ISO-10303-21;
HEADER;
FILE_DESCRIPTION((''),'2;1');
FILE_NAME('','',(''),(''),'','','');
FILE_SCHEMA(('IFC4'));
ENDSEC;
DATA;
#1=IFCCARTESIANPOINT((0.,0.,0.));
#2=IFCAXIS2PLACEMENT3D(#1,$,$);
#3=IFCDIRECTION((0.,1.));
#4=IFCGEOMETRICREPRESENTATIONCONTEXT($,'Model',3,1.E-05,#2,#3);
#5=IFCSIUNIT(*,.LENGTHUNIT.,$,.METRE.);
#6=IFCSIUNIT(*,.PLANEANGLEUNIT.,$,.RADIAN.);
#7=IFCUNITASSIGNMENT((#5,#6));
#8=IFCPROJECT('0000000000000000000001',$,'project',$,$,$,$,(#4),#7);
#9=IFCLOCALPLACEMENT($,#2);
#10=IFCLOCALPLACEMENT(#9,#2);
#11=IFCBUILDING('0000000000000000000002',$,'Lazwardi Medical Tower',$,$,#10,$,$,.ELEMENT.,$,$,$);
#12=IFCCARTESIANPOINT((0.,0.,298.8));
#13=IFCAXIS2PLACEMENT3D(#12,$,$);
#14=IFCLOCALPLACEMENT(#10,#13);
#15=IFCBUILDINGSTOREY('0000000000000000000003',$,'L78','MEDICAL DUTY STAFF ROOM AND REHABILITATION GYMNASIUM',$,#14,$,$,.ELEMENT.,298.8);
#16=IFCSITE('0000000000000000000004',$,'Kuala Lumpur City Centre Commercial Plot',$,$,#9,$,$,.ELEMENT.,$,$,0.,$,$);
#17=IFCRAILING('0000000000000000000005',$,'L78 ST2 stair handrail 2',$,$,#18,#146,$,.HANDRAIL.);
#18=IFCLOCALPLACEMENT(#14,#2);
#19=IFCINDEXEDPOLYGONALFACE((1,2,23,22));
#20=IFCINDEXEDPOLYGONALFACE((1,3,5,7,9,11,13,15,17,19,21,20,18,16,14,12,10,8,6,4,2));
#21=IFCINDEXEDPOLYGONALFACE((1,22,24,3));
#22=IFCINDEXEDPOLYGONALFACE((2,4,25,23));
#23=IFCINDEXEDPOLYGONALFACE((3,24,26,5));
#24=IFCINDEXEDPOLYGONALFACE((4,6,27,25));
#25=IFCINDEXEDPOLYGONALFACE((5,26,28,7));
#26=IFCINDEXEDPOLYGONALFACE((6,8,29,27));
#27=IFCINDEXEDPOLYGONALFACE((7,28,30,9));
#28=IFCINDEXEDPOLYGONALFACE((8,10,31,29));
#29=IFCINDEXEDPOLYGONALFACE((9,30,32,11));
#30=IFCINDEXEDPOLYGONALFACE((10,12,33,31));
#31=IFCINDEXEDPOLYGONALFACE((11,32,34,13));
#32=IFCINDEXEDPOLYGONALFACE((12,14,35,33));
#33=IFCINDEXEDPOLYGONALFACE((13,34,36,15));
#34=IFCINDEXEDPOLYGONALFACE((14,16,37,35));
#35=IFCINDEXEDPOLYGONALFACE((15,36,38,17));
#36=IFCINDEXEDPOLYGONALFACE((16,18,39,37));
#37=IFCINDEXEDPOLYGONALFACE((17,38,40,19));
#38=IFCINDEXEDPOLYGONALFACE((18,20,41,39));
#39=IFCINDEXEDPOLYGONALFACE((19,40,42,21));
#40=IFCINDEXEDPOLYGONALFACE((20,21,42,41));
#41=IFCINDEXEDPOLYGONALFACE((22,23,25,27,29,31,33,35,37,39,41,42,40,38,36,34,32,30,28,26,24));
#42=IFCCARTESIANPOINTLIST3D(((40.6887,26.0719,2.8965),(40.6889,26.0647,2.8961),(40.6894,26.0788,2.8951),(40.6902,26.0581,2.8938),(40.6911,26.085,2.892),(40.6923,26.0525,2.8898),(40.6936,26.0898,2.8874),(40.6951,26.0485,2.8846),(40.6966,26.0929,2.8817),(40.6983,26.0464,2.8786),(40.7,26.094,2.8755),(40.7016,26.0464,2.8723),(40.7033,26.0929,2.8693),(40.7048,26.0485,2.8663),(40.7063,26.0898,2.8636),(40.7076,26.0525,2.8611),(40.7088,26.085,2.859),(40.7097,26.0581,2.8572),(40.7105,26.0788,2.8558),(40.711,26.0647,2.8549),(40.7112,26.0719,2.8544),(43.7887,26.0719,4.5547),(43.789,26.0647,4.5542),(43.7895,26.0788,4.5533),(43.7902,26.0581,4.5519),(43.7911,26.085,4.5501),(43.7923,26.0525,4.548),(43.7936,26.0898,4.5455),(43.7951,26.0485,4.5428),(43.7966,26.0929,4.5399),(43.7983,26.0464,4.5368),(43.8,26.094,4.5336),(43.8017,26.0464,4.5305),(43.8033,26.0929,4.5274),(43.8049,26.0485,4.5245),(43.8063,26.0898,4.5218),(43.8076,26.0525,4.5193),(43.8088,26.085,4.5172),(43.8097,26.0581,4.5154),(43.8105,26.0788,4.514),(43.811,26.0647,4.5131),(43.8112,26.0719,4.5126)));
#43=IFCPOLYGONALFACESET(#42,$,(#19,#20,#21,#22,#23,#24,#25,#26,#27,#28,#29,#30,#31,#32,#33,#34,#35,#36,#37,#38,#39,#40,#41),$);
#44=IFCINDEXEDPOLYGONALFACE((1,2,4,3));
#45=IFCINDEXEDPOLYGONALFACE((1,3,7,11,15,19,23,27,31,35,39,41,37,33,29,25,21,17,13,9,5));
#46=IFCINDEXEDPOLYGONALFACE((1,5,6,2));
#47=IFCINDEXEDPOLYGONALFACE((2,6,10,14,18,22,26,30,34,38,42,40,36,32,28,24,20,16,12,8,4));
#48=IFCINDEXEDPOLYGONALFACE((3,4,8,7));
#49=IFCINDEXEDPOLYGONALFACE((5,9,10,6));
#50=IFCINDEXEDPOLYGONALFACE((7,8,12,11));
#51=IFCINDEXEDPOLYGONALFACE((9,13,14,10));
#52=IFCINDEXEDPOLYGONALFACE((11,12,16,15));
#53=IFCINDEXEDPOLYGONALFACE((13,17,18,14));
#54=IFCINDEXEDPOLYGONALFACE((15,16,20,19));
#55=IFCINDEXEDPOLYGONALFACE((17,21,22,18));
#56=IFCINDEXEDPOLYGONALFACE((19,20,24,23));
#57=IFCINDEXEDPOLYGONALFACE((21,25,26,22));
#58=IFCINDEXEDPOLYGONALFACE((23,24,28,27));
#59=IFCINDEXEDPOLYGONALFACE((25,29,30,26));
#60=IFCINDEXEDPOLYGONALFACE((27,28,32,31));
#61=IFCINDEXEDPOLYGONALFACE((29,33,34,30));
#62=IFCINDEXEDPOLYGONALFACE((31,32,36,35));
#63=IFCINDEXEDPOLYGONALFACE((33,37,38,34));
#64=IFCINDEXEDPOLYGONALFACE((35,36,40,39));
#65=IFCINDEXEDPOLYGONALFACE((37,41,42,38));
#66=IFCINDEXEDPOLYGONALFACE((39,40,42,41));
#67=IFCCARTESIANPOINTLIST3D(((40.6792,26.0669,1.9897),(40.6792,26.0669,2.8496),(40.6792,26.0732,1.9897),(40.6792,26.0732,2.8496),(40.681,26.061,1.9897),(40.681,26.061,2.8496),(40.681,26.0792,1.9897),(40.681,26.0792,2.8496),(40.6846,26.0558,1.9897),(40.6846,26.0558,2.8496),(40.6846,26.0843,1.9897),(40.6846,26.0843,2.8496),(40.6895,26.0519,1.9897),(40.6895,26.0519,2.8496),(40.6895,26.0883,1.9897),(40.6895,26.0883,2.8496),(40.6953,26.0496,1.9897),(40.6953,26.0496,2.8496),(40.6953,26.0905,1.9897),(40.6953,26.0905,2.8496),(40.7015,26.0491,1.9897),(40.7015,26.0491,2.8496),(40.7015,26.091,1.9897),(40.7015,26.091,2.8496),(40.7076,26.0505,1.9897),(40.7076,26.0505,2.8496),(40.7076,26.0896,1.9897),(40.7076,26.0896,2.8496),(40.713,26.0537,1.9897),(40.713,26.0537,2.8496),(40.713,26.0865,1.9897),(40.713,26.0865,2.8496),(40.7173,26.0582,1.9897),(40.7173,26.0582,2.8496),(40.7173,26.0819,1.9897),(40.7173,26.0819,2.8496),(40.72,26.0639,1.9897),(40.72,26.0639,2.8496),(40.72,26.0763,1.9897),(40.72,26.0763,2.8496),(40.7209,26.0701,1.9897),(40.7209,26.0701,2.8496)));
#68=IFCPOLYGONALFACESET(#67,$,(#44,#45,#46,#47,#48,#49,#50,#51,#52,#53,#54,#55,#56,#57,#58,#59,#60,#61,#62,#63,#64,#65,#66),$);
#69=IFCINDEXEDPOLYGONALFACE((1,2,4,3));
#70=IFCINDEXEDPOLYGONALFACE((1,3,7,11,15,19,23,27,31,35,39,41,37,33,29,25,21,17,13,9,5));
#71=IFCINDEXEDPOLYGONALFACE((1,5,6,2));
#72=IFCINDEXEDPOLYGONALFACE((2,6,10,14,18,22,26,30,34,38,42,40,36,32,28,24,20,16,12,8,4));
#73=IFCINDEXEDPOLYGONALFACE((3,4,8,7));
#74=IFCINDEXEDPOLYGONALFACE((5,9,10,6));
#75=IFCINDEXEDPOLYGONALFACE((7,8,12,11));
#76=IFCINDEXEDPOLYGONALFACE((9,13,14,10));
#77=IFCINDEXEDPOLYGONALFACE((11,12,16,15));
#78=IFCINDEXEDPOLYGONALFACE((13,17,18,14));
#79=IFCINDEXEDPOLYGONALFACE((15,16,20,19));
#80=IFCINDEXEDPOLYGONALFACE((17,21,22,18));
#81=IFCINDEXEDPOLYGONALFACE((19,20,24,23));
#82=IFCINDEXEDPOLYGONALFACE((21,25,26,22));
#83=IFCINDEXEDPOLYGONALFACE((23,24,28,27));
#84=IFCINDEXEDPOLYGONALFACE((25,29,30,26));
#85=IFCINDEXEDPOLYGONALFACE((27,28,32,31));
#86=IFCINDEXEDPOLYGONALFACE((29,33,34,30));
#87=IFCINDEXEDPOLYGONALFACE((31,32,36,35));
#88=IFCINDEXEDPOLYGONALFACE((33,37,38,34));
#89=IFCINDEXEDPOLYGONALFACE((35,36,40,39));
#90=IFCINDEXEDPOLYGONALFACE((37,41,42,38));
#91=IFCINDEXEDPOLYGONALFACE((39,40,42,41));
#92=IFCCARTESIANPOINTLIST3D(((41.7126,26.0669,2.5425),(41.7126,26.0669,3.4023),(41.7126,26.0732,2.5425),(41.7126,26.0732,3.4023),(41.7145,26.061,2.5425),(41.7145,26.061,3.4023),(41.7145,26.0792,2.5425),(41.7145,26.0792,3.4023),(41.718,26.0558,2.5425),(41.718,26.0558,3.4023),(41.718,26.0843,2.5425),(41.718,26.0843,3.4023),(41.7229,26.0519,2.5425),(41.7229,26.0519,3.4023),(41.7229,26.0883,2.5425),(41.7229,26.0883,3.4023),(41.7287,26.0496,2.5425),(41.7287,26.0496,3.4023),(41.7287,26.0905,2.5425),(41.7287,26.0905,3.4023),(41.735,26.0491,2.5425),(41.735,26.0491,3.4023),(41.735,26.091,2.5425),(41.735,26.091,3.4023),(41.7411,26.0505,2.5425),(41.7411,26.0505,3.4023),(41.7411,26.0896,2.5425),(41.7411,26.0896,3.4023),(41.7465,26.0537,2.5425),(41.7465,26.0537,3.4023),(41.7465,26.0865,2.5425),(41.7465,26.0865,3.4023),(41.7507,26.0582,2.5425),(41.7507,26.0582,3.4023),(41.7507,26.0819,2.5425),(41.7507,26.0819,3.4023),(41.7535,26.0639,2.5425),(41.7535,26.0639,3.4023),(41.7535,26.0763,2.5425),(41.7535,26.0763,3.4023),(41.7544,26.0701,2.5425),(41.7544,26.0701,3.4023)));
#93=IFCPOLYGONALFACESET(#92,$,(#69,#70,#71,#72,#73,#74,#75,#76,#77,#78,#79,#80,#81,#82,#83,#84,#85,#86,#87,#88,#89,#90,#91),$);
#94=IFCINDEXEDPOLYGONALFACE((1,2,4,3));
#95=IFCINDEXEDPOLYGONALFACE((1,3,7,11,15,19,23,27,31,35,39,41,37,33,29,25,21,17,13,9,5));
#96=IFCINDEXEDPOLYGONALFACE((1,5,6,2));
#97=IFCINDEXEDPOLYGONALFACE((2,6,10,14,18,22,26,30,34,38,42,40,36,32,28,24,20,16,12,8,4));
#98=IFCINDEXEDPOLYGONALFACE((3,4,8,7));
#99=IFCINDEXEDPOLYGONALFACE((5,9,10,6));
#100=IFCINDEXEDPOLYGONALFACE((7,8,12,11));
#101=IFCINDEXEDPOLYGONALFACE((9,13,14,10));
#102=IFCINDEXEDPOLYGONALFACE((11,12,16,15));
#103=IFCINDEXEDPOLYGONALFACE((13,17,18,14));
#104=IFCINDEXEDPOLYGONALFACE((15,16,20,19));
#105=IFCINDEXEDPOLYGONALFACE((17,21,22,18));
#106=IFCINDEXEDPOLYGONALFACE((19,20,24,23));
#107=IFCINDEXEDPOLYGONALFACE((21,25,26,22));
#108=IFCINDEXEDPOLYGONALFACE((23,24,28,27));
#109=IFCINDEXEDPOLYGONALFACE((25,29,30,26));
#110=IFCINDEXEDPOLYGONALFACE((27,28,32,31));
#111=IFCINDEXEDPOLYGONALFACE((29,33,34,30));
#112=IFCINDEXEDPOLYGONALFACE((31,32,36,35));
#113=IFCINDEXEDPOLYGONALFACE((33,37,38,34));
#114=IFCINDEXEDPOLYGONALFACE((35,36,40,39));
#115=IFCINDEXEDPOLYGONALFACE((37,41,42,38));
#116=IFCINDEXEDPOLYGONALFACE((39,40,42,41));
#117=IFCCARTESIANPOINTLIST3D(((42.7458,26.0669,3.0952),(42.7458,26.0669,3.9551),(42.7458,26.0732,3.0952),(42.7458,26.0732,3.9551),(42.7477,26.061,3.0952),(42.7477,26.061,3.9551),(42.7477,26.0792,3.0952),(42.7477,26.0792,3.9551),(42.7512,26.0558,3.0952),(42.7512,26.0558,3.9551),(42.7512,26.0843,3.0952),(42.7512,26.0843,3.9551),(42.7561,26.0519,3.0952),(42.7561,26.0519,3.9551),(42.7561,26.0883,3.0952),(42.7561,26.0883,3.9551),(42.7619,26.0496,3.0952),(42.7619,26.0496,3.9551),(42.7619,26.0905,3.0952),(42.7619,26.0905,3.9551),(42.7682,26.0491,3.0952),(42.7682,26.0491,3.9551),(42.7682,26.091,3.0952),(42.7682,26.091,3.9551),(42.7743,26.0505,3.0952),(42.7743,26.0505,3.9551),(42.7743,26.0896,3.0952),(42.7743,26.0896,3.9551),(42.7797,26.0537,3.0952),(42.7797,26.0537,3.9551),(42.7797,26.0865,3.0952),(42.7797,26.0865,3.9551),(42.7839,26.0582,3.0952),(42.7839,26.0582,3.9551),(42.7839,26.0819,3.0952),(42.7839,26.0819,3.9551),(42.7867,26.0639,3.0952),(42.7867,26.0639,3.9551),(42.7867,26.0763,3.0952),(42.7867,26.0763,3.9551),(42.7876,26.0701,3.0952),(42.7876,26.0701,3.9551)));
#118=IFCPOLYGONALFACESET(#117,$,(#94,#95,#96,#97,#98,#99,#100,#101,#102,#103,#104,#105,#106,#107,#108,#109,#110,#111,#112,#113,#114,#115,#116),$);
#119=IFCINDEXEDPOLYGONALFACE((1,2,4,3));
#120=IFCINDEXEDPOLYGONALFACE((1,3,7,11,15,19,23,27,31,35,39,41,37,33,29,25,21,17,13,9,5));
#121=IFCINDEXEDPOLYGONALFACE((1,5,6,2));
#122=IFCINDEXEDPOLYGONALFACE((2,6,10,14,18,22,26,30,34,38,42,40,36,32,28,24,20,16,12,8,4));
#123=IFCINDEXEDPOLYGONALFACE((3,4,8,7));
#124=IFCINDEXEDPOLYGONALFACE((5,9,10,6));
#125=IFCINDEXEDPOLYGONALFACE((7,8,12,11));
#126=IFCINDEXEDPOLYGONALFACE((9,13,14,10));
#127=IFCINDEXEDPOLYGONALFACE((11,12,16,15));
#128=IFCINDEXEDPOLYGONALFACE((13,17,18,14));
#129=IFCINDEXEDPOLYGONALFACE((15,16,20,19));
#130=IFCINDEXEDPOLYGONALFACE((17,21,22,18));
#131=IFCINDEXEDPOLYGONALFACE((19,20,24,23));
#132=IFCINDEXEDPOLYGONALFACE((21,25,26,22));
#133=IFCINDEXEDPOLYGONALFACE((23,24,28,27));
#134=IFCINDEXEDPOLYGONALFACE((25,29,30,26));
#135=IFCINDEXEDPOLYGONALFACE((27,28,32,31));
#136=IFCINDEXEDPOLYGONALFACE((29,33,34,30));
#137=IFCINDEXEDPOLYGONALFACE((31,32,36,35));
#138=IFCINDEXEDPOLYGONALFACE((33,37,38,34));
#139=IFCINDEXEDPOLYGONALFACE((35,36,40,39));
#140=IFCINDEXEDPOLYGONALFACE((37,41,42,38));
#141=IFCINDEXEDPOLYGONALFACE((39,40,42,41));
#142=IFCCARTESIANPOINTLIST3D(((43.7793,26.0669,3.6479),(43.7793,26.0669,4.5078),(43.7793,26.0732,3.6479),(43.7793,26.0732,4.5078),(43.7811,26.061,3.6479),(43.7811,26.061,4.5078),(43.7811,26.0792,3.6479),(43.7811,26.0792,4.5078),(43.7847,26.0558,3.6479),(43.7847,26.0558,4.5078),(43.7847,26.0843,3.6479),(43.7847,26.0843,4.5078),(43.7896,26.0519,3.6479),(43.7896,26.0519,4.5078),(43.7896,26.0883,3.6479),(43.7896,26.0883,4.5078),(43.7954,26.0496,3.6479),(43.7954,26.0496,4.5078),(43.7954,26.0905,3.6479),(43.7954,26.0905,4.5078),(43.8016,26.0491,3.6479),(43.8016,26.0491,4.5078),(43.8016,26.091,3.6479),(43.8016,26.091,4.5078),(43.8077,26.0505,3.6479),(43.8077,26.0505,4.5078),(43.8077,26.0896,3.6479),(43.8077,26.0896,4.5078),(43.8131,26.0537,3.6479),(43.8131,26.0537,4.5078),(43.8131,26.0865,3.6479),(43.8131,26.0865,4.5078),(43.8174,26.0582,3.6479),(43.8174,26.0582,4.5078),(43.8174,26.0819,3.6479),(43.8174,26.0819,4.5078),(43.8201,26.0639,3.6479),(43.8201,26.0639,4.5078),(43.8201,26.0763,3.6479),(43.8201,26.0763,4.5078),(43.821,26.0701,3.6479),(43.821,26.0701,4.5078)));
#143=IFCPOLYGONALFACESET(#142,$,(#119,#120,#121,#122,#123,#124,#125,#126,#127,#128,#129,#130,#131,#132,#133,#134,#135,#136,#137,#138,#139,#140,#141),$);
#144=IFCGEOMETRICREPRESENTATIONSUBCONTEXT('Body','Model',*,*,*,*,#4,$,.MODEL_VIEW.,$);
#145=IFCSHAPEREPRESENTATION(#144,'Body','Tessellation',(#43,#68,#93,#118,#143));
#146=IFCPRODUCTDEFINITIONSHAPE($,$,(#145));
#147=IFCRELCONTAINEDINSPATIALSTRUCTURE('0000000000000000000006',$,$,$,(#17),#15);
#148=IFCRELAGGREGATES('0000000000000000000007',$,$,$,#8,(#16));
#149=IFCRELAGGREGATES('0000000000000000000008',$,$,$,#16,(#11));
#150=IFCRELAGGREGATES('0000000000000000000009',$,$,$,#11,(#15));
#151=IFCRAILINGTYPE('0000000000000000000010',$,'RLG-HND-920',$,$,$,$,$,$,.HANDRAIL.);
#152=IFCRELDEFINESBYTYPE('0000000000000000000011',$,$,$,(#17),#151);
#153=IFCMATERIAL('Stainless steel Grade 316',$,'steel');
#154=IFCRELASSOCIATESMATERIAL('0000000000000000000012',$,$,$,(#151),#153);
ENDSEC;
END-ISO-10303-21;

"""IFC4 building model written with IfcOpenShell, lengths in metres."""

from ifc_helpers import new_model, si_unit, direction, frame, origin, origin_2d, place, context, subcontext, project, spatial, circle, extrude, material, type_object, element, save


model = new_model("IFC4")

# Units and contexts
model_context = context("Model", 3, precision=1e-05, world=origin(), true_north=direction((0.0, 1.0)))
body_context = subcontext(model_context, "Body", "Model", "MODEL_VIEW")
ifc_project = project(units=[si_unit("LENGTHUNIT", "METRE"), si_unit("PLANEANGLEUNIT", "RADIAN")], contexts=[model_context])

# Site, building, storey
site_placement = place(None, origin())
site = spatial("IfcSite", under=ifc_project, at=site_placement, Name="Kuala Lumpur City Centre Commercial Plot", CompositionType="ELEMENT", RefElevation=0.0)
building_placement = place(site_placement, origin())
building = spatial("IfcBuilding", under=site, at=building_placement, Name="Lazwardi Medical Tower", CompositionType="ELEMENT")
storey_placement = place(building_placement, frame((0.0, 0.0, 298.8)))
storey = spatial("IfcBuildingStorey", under=building, at=storey_placement, Name="L78", Description="MEDICAL DUTY STAFF ROOM AND REHABILITATION GYMNASIUM", CompositionType="ELEMENT", Elevation=298.8)

# Railing
ifc_material_1 = material(Name="Stainless steel Grade 316", Category="steel")
railing_type_1 = type_object("IfcRailingType", Name="RLG-HND-920", PredefinedType="HANDRAIL", material=ifc_material_1)
railing_1_placement = place(storey_placement, frame((40.7, 26.0701, 1.9897)))
element("IfcRailing", 1, at=railing_1_placement, inside=storey, type_object=railing_type_1, Name="L78 ST2 stair handrail 2", PredefinedType="HANDRAIL", context=body_context, shape_type="SweptSolid", body=[
    extrude(circle(Radius=0.0239, at=origin_2d()), frame((0.0, 0.0, 0.8857), z_axis=(0.881783, 0.0, 0.471655), x_axis=(0.0, 1.0, 0.0)), (0.0, 0.0, 1.0), 3.5156),
    extrude(circle(Radius=0.021, at=origin_2d()), origin(), (0.0, 0.0, 1.0), 0.8599),
    extrude(circle(Radius=0.021, at=origin_2d()), frame((1.0334, 0.0, 0.5527)), (0.0, 0.0, 1.0), 0.8599),
    extrude(circle(Radius=0.021, at=origin_2d()), frame((2.0667, 0.0, 1.1055)), (0.0, 0.0, 1.0), 0.8599),
    extrude(circle(Radius=0.021, at=origin_2d()), frame((3.1001, 0.0, 1.6582)), (0.0, 0.0, 1.0), 0.8599),
])

save(model, "model.ifc")
